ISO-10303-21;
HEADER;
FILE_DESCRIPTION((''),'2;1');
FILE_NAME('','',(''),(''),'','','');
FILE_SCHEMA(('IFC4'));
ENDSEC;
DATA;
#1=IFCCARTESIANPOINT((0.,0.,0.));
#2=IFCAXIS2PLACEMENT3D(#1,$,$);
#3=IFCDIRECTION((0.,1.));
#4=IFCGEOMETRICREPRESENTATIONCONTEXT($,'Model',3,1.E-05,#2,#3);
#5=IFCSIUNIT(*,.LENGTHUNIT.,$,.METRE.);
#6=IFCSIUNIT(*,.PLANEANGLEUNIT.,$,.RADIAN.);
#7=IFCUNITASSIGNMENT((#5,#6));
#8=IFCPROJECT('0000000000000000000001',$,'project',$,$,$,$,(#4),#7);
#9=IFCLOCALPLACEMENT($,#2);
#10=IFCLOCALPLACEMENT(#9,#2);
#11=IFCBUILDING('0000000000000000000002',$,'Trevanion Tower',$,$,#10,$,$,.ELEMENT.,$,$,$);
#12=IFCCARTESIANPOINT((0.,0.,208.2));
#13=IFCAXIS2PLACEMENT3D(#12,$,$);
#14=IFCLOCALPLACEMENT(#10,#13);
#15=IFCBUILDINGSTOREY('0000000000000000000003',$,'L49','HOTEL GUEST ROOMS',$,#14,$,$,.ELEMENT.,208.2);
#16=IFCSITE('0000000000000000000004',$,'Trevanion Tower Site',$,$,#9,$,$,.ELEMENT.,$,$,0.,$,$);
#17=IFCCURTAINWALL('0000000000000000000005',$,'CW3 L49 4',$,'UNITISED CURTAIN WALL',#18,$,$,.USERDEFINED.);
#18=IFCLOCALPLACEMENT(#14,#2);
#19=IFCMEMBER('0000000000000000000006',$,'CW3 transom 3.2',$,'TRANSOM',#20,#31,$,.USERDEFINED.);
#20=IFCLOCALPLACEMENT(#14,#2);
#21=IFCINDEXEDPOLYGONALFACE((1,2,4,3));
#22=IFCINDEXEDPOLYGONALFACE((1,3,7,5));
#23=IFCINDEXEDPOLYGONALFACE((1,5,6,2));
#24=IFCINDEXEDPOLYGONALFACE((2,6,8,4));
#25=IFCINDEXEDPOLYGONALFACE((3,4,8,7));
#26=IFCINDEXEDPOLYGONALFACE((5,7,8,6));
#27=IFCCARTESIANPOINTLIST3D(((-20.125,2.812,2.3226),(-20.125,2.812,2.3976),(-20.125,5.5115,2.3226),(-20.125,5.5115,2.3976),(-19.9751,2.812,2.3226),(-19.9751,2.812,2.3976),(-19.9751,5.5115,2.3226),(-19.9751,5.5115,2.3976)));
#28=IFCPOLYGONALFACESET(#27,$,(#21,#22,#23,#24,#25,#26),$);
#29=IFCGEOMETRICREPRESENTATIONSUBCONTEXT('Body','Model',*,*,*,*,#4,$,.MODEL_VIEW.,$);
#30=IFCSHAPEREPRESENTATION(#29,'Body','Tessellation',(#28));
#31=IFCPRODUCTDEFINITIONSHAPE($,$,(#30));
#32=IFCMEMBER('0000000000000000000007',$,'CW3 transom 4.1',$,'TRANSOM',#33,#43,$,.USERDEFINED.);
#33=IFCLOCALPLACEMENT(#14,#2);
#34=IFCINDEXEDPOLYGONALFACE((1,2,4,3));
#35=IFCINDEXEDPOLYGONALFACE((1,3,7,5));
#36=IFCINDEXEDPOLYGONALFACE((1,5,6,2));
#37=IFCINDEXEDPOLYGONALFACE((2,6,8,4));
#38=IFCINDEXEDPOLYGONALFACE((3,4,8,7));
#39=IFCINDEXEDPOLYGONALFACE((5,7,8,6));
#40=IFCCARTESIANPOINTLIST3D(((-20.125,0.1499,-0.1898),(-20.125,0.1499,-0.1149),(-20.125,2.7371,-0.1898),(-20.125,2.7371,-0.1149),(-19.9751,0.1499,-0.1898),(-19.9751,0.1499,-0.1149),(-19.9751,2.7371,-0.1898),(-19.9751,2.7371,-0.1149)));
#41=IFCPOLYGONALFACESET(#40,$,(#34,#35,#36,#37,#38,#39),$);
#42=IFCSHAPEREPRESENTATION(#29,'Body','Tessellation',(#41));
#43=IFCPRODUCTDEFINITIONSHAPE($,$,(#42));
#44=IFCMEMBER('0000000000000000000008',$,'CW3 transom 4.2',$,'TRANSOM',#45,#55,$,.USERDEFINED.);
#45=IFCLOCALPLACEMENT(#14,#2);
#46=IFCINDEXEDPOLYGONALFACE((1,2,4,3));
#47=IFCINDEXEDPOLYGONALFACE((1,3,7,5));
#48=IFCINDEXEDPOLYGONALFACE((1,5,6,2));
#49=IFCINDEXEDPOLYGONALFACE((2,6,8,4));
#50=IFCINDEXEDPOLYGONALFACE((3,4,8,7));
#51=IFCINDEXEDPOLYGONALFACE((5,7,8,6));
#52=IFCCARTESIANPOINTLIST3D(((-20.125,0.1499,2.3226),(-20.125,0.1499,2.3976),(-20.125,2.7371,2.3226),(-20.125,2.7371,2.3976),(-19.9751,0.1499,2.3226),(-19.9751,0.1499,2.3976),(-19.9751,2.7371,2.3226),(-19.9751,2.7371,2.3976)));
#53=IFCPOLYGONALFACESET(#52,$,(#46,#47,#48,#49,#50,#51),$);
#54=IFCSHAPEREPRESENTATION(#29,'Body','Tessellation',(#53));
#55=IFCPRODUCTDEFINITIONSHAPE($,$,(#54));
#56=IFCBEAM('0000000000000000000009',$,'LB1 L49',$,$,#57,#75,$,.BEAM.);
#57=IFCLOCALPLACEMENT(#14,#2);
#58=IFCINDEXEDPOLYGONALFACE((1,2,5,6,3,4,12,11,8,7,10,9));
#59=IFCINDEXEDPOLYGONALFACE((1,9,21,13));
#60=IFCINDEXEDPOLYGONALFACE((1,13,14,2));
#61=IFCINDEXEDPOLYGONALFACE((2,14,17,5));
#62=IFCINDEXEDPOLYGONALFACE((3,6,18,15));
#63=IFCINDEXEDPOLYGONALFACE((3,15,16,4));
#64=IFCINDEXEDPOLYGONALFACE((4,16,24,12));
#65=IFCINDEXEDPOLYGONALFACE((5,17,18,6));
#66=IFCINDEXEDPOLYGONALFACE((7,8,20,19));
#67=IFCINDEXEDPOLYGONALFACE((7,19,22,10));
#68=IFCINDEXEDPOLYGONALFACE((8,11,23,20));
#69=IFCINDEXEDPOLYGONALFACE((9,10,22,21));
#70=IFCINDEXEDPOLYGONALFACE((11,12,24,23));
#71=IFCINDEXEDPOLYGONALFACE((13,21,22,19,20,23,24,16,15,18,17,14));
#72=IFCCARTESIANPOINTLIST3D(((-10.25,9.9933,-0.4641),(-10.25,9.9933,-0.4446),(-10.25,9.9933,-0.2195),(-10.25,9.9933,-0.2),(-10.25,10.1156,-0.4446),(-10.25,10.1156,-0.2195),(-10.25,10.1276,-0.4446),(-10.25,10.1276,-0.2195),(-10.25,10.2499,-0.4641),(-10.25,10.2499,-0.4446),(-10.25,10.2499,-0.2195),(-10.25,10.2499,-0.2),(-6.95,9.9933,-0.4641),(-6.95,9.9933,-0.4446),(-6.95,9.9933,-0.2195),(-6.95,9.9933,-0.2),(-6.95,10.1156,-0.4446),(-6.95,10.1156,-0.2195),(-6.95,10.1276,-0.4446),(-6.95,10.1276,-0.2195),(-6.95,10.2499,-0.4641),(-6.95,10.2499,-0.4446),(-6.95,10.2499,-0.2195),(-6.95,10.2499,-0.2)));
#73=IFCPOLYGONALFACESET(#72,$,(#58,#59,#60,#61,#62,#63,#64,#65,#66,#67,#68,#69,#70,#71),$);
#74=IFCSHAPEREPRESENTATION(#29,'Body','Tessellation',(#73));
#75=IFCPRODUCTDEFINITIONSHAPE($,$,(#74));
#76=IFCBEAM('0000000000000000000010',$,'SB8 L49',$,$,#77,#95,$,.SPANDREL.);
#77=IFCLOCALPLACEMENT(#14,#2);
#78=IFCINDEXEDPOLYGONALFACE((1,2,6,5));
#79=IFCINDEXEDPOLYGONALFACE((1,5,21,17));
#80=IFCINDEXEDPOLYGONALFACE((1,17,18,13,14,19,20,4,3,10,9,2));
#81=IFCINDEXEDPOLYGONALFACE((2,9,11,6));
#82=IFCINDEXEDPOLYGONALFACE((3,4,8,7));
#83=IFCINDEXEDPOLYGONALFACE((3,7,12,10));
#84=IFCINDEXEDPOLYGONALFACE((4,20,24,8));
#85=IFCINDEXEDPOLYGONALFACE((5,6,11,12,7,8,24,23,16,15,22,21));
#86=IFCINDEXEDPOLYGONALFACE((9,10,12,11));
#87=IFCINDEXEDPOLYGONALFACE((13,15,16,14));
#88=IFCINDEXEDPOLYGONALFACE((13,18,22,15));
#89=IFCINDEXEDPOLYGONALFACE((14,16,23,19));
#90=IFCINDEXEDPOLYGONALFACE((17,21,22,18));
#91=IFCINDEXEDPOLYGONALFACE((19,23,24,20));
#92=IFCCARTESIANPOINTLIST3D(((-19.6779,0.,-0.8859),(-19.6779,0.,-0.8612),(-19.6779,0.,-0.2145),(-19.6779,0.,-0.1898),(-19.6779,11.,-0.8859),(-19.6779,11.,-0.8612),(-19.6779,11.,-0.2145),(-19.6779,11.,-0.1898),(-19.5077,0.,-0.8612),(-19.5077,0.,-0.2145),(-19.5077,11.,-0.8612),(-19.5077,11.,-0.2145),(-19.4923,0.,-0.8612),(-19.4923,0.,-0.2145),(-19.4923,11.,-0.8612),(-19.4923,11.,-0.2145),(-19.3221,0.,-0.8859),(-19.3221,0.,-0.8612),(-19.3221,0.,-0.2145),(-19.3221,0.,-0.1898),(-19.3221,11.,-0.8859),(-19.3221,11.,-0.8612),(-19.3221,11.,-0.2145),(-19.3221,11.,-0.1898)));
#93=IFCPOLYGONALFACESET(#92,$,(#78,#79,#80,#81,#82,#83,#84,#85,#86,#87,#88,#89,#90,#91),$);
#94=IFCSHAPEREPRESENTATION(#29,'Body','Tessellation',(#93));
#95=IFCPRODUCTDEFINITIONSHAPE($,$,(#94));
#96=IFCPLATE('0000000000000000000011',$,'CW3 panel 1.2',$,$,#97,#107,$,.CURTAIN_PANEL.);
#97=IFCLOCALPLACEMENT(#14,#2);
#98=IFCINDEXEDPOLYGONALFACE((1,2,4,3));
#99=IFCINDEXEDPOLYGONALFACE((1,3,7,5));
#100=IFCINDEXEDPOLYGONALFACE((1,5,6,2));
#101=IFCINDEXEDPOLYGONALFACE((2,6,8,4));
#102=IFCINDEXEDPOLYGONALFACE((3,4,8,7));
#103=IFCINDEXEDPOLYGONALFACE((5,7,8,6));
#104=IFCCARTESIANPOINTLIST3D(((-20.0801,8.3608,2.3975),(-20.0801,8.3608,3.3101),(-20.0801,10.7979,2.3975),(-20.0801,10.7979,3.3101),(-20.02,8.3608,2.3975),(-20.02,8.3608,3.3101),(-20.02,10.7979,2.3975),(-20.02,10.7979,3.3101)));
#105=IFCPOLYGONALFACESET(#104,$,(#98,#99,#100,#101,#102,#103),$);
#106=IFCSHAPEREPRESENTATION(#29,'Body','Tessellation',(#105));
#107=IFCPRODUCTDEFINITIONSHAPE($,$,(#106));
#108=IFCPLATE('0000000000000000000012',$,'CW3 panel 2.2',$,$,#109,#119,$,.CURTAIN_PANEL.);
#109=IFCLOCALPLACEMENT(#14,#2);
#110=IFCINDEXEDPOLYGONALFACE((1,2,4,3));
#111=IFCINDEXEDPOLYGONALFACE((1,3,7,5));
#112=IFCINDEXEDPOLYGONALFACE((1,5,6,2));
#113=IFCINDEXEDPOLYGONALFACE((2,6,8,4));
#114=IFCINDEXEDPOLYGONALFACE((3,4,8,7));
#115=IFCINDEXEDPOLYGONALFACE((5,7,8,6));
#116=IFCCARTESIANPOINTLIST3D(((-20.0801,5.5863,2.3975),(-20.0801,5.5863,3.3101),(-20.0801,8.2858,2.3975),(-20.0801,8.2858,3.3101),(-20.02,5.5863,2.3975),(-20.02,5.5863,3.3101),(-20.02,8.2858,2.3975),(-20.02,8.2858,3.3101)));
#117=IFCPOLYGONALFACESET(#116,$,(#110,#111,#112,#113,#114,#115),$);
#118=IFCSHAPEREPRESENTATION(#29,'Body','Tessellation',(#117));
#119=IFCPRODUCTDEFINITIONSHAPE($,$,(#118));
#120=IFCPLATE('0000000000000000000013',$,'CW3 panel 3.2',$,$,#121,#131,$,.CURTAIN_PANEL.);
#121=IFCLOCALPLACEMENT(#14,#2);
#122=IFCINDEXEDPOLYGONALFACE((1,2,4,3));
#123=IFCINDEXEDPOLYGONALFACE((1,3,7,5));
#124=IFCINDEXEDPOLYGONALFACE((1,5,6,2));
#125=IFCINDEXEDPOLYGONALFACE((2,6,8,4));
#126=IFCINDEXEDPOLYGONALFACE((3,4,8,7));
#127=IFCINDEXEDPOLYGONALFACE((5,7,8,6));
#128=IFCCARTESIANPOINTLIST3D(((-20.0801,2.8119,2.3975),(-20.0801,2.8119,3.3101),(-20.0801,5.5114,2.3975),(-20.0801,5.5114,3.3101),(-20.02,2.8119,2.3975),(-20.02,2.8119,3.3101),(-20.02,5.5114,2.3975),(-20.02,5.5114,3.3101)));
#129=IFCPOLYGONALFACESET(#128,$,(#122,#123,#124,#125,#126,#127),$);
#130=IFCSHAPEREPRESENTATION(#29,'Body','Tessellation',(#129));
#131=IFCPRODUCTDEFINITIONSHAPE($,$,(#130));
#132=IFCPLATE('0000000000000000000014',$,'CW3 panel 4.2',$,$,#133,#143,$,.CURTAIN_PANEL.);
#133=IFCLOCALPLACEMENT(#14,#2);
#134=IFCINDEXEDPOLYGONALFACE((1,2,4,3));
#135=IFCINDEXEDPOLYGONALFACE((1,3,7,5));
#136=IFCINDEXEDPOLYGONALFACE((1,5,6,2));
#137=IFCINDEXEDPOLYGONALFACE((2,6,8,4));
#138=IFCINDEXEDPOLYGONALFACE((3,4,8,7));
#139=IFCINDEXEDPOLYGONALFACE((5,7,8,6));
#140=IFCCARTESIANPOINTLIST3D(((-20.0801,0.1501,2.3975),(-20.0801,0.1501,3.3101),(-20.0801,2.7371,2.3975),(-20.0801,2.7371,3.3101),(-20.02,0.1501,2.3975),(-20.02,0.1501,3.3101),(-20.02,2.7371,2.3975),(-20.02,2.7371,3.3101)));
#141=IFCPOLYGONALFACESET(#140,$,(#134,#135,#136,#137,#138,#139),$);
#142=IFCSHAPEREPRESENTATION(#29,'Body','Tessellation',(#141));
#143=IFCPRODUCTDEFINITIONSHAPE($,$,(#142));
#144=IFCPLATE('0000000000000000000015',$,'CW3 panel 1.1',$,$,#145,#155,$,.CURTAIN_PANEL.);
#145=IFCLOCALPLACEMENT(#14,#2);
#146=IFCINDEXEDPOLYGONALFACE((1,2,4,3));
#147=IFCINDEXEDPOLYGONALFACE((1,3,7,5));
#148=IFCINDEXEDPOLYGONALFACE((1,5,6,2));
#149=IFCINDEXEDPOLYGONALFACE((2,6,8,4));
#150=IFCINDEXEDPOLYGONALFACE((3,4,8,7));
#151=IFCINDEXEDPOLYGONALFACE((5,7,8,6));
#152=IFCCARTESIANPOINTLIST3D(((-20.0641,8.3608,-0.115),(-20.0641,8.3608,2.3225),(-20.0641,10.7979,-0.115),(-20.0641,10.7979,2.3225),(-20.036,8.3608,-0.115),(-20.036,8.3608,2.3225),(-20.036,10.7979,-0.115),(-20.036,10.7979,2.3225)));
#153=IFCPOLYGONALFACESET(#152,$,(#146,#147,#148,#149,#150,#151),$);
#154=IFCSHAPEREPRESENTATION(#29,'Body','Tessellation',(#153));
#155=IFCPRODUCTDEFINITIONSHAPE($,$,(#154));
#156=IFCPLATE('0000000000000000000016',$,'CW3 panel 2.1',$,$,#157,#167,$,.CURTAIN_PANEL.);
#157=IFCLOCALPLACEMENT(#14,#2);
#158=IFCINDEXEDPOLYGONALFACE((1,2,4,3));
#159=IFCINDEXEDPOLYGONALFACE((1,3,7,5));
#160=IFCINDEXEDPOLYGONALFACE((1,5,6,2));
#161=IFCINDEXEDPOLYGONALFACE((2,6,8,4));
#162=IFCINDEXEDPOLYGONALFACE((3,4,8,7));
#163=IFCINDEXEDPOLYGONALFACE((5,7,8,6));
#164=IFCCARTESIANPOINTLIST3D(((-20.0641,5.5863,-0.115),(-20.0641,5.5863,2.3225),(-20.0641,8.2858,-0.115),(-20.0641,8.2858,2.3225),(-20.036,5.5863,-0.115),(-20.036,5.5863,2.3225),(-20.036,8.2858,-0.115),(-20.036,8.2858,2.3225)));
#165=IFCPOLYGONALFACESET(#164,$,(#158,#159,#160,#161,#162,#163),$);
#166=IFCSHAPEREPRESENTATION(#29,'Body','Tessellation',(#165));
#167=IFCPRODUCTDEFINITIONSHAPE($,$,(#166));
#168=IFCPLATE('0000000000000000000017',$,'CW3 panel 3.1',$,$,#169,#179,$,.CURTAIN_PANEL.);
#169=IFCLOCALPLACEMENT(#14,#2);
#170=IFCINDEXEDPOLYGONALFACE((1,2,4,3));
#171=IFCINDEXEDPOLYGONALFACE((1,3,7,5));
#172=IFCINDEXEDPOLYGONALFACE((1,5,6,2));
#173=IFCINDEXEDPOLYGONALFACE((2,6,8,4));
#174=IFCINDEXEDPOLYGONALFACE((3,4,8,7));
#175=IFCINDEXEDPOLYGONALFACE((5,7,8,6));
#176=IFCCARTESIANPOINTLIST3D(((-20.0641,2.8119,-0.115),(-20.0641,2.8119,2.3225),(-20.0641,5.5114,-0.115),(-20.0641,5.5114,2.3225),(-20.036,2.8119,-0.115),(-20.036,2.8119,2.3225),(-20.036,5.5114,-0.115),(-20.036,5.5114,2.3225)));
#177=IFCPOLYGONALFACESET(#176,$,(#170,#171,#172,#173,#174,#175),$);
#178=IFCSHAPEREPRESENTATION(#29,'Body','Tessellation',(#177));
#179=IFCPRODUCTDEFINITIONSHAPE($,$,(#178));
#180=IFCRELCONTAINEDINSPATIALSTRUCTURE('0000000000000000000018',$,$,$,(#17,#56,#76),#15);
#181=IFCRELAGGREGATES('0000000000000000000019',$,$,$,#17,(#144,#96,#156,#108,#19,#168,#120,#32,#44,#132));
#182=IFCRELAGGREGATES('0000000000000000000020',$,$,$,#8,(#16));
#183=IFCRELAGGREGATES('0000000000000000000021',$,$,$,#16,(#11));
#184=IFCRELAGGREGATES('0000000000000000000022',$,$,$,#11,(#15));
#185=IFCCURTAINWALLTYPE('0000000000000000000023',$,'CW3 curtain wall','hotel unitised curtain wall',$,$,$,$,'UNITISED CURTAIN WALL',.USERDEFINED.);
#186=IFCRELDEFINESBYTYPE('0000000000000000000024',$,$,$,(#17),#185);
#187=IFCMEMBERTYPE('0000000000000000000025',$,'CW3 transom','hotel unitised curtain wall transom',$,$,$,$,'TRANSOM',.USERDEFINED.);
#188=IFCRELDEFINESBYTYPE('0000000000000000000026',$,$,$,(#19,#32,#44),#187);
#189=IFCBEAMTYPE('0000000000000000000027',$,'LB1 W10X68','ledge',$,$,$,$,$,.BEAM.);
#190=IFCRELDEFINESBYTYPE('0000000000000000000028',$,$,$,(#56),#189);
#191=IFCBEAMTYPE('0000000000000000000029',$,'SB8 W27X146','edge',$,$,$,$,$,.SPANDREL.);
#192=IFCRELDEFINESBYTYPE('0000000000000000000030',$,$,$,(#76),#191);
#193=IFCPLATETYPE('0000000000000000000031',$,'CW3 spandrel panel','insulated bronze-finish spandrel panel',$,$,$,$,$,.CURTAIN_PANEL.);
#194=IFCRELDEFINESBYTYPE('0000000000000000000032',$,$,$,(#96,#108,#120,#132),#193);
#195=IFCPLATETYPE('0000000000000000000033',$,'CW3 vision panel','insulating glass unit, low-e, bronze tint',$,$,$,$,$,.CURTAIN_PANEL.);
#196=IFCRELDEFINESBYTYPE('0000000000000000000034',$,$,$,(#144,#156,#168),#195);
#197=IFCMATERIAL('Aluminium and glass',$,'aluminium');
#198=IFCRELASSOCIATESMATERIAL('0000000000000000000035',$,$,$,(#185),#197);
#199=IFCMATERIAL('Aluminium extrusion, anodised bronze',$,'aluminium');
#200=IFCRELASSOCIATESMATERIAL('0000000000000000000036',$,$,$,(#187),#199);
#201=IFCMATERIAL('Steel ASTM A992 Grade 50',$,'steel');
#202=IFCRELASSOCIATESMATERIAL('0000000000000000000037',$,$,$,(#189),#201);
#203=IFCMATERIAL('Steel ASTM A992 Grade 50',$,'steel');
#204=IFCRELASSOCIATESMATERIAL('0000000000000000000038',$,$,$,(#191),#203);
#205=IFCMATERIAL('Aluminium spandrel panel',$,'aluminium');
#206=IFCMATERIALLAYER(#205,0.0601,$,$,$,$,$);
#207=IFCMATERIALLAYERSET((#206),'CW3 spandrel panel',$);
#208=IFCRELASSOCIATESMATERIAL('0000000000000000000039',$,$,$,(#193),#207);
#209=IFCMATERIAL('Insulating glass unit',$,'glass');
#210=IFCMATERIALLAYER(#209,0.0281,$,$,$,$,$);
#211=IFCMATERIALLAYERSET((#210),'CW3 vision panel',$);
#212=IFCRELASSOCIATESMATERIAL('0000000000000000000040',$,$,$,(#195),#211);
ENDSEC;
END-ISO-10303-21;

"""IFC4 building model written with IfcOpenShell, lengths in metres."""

from ifc_helpers import new_model, si_unit, direction, frame, origin, origin_2d, place, context, subcontext, project, spatial, rectangle, i_section, extrude, material, layer, layer_set, material_profile, profile_set, type_object, element, aggregate, save


model = new_model("IFC4")

# Units and contexts
model_context = context("Model", 3, precision=1e-05, world=origin(), true_north=direction((0.0, 1.0)))
body_context = subcontext(model_context, "Body", "Model", "MODEL_VIEW")
ifc_project = project(units=[si_unit("LENGTHUNIT", "METRE"), si_unit("PLANEANGLEUNIT", "RADIAN")], contexts=[model_context])

# Site, building, storey
site_placement = place(None, origin())
site = spatial("IfcSite", under=ifc_project, at=site_placement, Name="Trevanion Tower Site", CompositionType="ELEMENT", RefElevation=0.0)
building_placement = place(site_placement, origin())
building = spatial("IfcBuilding", under=site, at=building_placement, Name="Trevanion Tower", CompositionType="ELEMENT")
storey_placement = place(building_placement, frame((0.0, 0.0, 208.2)))
storey = spatial("IfcBuildingStorey", under=building, at=storey_placement, Name="L49", Description="HOTEL GUEST ROOMS", CompositionType="ELEMENT", Elevation=208.2)

# Curtain wall, members
ifc_material_1 = material(Name="Aluminium and glass", Category="aluminium")
curtain_wall_type = type_object("IfcCurtainWallType", Name="CW3 curtain wall", Description="hotel unitised curtain wall", ElementType="UNITISED CURTAIN WALL", PredefinedType="USERDEFINED", material=ifc_material_1)
curtain_wall_placement = place(storey_placement, origin())
curtain_wall = element("IfcCurtainWall", 1, at=curtain_wall_placement, inside=storey, type_object=curtain_wall_type, Name="CW3 L49 4", ObjectType="UNITISED CURTAIN WALL", PredefinedType="USERDEFINED")
ifc_material_2 = material(Name="Aluminium extrusion, anodised bronze", Category="aluminium")
ifc_material_profile_1 = material_profile(ifc_material_2, rectangle(XDim=0.1499, YDim=0.075, at=origin_2d()), Name="CW3 transom")
ifc_profile_set_1 = profile_set([ifc_material_profile_1], Name="Aluminium extrusion, anodised bronze")
member_type_1 = type_object("IfcMemberType", Name="CW3 transom", Description="hotel unitised curtain wall transom", ElementType="TRANSOM", PredefinedType="USERDEFINED", material=ifc_profile_set_1)
member_1_placement = place(storey_placement, frame((-20.05, 5.5115, 2.3601), z_axis=(0.0, -1.0, 0.0), x_axis=(1.0, 0.0, 0.0)))
member_1 = element("IfcMember", 2, at=member_1_placement, type_object=member_type_1, Name="CW3 transom 3.2", ObjectType="TRANSOM", PredefinedType="USERDEFINED", context=body_context, shape_type="SweptSolid", body=[
    extrude(rectangle(XDim=0.1499, YDim=0.075, at=origin_2d()), origin(), (0.0, 0.0, 1.0), 2.6995),
])
member_2_placement = place(storey_placement, frame((-20.05, 2.7371, -0.1523), z_axis=(0.0, -1.0, 0.0), x_axis=(1.0, 0.0, 0.0)))
member_2 = element("IfcMember", 3, at=member_2_placement, type_object=member_type_1, Name="CW3 transom 4.1", ObjectType="TRANSOM", PredefinedType="USERDEFINED", context=body_context, shape_type="SweptSolid", body=[
    extrude(rectangle(XDim=0.1499, YDim=0.075, at=origin_2d()), origin(), (0.0, 0.0, 1.0), 2.5872),
])
member_3_placement = place(storey_placement, frame((-20.05, 2.7371, 2.3601), z_axis=(0.0, -1.0, 0.0), x_axis=(1.0, 0.0, 0.0)))
member_3 = element("IfcMember", 4, at=member_3_placement, type_object=member_type_1, Name="CW3 transom 4.2", ObjectType="TRANSOM", PredefinedType="USERDEFINED", context=body_context, shape_type="SweptSolid", body=[
    extrude(rectangle(XDim=0.1499, YDim=0.075, at=origin_2d()), origin(), (0.0, 0.0, 1.0), 2.5872),
])

# Beams
ifc_material_3 = material(Name="Steel ASTM A992 Grade 50", Category="steel")
ifc_material_profile_2 = material_profile(ifc_material_3, i_section(OverallWidth=0.2566, OverallDepth=0.2642, WebThickness=0.012, FlangeThickness=0.0195, at=origin_2d()), Name="W10X68")
ifc_profile_set_2 = profile_set([ifc_material_profile_2], Name="Steel ASTM A992 Grade 50")
beam_type_1 = type_object("IfcBeamType", Name="LB1 W10X68", Description="ledge", PredefinedType="BEAM", material=ifc_profile_set_2)
beam_1_placement = place(storey_placement, frame((-10.25, 10.1216, -0.332), z_axis=(1.0, 0.0, 0.0), x_axis=(0.0, 1.0, 0.0)))
element("IfcBeam", 5, at=beam_1_placement, inside=storey, type_object=beam_type_1, Name="LB1 L49", PredefinedType="BEAM", context=body_context, shape_type="SweptSolid", body=[
    extrude(i_section(OverallWidth=0.2566, OverallDepth=0.2642, WebThickness=0.012, FlangeThickness=0.0195, at=origin_2d()), origin(), (0.0, 0.0, 1.0), 3.3),
])
ifc_material_4 = material(Name="Steel ASTM A992 Grade 50", Category="steel")
ifc_material_profile_3 = material_profile(ifc_material_4, i_section(OverallWidth=0.3557, OverallDepth=0.696, WebThickness=0.0154, FlangeThickness=0.0247, at=origin_2d()), Name="W27X146")
ifc_profile_set_3 = profile_set([ifc_material_profile_3], Name="Steel ASTM A992 Grade 50")
beam_type_2 = type_object("IfcBeamType", Name="SB8 W27X146", Description="edge", PredefinedType="SPANDREL", material=ifc_profile_set_3)
beam_2_placement = place(storey_placement, frame((-19.5, 11.0, -0.5378), z_axis=(0.0, -1.0, 0.0), x_axis=(1.0, 0.0, 0.0)))
element("IfcBeam", 6, at=beam_2_placement, inside=storey, type_object=beam_type_2, Name="SB8 L49", PredefinedType="SPANDREL", context=body_context, shape_type="SweptSolid", body=[
    extrude(i_section(OverallWidth=0.3557, OverallDepth=0.696, WebThickness=0.0154, FlangeThickness=0.0247, at=origin_2d()), origin(), (0.0, 0.0, 1.0), 11.0),
])

# Plates
ifc_material_5 = material(Name="Aluminium spandrel panel", Category="aluminium")
ifc_layer_1 = layer(ifc_material_5, 0.0601)
ifc_layer_set_1 = layer_set([ifc_layer_1], Name="CW3 spandrel panel")
plate_type_1 = type_object("IfcPlateType", Name="CW3 spandrel panel", Description="insulated bronze-finish spandrel panel", PredefinedType="CURTAIN_PANEL", material=ifc_layer_set_1)
plate_1_placement = place(storey_placement, frame((-20.05, 9.5793, 2.3975), z_axis=(0.0, 0.0, 1.0), x_axis=(0.0, -1.0, 0.0)))
plate_1 = element("IfcPlate", 7, at=plate_1_placement, type_object=plate_type_1, Name="CW3 panel 1.2", PredefinedType="CURTAIN_PANEL", context=body_context, shape_type="SweptSolid", body=[
    extrude(rectangle(XDim=2.437, YDim=0.0601, at=origin_2d()), origin(), (0.0, 0.0, 1.0), 0.9126),
])
plate_2_placement = place(storey_placement, frame((-20.05, 6.936, 2.3975), z_axis=(0.0, 0.0, 1.0), x_axis=(0.0, -1.0, 0.0)))
plate_2 = element("IfcPlate", 8, at=plate_2_placement, type_object=plate_type_1, Name="CW3 panel 2.2", PredefinedType="CURTAIN_PANEL", context=body_context, shape_type="SweptSolid", body=[
    extrude(rectangle(XDim=2.6995, YDim=0.0601, at=origin_2d()), origin(), (0.0, 0.0, 1.0), 0.9126),
])
plate_3_placement = place(storey_placement, frame((-20.05, 4.1616, 2.3975), z_axis=(0.0, 0.0, 1.0), x_axis=(0.0, -1.0, 0.0)))
plate_3 = element("IfcPlate", 9, at=plate_3_placement, type_object=plate_type_1, Name="CW3 panel 3.2", PredefinedType="CURTAIN_PANEL", context=body_context, shape_type="SweptSolid", body=[
    extrude(rectangle(XDim=2.6995, YDim=0.0601, at=origin_2d()), origin(), (0.0, 0.0, 1.0), 0.9126),
])
plate_4_placement = place(storey_placement, frame((-20.05, 1.4436, 2.3975), z_axis=(0.0, 0.0, 1.0), x_axis=(0.0, -1.0, 0.0)))
plate_4 = element("IfcPlate", 10, at=plate_4_placement, type_object=plate_type_1, Name="CW3 panel 4.2", PredefinedType="CURTAIN_PANEL", context=body_context, shape_type="SweptSolid", body=[
    extrude(rectangle(XDim=2.5869, YDim=0.0601, at=origin_2d()), origin(), (0.0, 0.0, 1.0), 0.9126),
])
ifc_material_6 = material(Name="Insulating glass unit", Category="glass")
ifc_layer_2 = layer(ifc_material_6, 0.0281)
ifc_layer_set_2 = layer_set([ifc_layer_2], Name="CW3 vision panel")
plate_type_2 = type_object("IfcPlateType", Name="CW3 vision panel", Description="insulating glass unit, low-e, bronze tint", PredefinedType="CURTAIN_PANEL", material=ifc_layer_set_2)
plate_5_placement = place(storey_placement, frame((-20.05, 9.5793, -0.115), z_axis=(0.0, 0.0, 1.0), x_axis=(0.0, -1.0, 0.0)))
plate_5 = element("IfcPlate", 11, at=plate_5_placement, type_object=plate_type_2, Name="CW3 panel 1.1", PredefinedType="CURTAIN_PANEL", context=body_context, shape_type="SweptSolid", body=[
    extrude(rectangle(XDim=2.437, YDim=0.0281, at=origin_2d()), origin(), (0.0, 0.0, 1.0), 2.4375),
])
plate_6_placement = place(storey_placement, frame((-20.05, 6.936, -0.115), z_axis=(0.0, 0.0, 1.0), x_axis=(0.0, -1.0, 0.0)))
plate_6 = element("IfcPlate", 12, at=plate_6_placement, type_object=plate_type_2, Name="CW3 panel 2.1", PredefinedType="CURTAIN_PANEL", context=body_context, shape_type="SweptSolid", body=[
    extrude(rectangle(XDim=2.6995, YDim=0.0281, at=origin_2d()), origin(), (0.0, 0.0, 1.0), 2.4375),
])
plate_7_placement = place(storey_placement, frame((-20.05, 4.1616, -0.115), z_axis=(0.0, 0.0, 1.0), x_axis=(0.0, -1.0, 0.0)))
plate_7 = element("IfcPlate", 13, at=plate_7_placement, type_object=plate_type_2, Name="CW3 panel 3.1", PredefinedType="CURTAIN_PANEL", context=body_context, shape_type="SweptSolid", body=[
    extrude(rectangle(XDim=2.6995, YDim=0.0281, at=origin_2d()), origin(), (0.0, 0.0, 1.0), 2.4375),
])
aggregate(curtain_wall, [plate_5, plate_1, plate_6, plate_2, member_1, plate_7, plate_3, member_2, member_3, plate_4])

save(model, "model.ifc")
